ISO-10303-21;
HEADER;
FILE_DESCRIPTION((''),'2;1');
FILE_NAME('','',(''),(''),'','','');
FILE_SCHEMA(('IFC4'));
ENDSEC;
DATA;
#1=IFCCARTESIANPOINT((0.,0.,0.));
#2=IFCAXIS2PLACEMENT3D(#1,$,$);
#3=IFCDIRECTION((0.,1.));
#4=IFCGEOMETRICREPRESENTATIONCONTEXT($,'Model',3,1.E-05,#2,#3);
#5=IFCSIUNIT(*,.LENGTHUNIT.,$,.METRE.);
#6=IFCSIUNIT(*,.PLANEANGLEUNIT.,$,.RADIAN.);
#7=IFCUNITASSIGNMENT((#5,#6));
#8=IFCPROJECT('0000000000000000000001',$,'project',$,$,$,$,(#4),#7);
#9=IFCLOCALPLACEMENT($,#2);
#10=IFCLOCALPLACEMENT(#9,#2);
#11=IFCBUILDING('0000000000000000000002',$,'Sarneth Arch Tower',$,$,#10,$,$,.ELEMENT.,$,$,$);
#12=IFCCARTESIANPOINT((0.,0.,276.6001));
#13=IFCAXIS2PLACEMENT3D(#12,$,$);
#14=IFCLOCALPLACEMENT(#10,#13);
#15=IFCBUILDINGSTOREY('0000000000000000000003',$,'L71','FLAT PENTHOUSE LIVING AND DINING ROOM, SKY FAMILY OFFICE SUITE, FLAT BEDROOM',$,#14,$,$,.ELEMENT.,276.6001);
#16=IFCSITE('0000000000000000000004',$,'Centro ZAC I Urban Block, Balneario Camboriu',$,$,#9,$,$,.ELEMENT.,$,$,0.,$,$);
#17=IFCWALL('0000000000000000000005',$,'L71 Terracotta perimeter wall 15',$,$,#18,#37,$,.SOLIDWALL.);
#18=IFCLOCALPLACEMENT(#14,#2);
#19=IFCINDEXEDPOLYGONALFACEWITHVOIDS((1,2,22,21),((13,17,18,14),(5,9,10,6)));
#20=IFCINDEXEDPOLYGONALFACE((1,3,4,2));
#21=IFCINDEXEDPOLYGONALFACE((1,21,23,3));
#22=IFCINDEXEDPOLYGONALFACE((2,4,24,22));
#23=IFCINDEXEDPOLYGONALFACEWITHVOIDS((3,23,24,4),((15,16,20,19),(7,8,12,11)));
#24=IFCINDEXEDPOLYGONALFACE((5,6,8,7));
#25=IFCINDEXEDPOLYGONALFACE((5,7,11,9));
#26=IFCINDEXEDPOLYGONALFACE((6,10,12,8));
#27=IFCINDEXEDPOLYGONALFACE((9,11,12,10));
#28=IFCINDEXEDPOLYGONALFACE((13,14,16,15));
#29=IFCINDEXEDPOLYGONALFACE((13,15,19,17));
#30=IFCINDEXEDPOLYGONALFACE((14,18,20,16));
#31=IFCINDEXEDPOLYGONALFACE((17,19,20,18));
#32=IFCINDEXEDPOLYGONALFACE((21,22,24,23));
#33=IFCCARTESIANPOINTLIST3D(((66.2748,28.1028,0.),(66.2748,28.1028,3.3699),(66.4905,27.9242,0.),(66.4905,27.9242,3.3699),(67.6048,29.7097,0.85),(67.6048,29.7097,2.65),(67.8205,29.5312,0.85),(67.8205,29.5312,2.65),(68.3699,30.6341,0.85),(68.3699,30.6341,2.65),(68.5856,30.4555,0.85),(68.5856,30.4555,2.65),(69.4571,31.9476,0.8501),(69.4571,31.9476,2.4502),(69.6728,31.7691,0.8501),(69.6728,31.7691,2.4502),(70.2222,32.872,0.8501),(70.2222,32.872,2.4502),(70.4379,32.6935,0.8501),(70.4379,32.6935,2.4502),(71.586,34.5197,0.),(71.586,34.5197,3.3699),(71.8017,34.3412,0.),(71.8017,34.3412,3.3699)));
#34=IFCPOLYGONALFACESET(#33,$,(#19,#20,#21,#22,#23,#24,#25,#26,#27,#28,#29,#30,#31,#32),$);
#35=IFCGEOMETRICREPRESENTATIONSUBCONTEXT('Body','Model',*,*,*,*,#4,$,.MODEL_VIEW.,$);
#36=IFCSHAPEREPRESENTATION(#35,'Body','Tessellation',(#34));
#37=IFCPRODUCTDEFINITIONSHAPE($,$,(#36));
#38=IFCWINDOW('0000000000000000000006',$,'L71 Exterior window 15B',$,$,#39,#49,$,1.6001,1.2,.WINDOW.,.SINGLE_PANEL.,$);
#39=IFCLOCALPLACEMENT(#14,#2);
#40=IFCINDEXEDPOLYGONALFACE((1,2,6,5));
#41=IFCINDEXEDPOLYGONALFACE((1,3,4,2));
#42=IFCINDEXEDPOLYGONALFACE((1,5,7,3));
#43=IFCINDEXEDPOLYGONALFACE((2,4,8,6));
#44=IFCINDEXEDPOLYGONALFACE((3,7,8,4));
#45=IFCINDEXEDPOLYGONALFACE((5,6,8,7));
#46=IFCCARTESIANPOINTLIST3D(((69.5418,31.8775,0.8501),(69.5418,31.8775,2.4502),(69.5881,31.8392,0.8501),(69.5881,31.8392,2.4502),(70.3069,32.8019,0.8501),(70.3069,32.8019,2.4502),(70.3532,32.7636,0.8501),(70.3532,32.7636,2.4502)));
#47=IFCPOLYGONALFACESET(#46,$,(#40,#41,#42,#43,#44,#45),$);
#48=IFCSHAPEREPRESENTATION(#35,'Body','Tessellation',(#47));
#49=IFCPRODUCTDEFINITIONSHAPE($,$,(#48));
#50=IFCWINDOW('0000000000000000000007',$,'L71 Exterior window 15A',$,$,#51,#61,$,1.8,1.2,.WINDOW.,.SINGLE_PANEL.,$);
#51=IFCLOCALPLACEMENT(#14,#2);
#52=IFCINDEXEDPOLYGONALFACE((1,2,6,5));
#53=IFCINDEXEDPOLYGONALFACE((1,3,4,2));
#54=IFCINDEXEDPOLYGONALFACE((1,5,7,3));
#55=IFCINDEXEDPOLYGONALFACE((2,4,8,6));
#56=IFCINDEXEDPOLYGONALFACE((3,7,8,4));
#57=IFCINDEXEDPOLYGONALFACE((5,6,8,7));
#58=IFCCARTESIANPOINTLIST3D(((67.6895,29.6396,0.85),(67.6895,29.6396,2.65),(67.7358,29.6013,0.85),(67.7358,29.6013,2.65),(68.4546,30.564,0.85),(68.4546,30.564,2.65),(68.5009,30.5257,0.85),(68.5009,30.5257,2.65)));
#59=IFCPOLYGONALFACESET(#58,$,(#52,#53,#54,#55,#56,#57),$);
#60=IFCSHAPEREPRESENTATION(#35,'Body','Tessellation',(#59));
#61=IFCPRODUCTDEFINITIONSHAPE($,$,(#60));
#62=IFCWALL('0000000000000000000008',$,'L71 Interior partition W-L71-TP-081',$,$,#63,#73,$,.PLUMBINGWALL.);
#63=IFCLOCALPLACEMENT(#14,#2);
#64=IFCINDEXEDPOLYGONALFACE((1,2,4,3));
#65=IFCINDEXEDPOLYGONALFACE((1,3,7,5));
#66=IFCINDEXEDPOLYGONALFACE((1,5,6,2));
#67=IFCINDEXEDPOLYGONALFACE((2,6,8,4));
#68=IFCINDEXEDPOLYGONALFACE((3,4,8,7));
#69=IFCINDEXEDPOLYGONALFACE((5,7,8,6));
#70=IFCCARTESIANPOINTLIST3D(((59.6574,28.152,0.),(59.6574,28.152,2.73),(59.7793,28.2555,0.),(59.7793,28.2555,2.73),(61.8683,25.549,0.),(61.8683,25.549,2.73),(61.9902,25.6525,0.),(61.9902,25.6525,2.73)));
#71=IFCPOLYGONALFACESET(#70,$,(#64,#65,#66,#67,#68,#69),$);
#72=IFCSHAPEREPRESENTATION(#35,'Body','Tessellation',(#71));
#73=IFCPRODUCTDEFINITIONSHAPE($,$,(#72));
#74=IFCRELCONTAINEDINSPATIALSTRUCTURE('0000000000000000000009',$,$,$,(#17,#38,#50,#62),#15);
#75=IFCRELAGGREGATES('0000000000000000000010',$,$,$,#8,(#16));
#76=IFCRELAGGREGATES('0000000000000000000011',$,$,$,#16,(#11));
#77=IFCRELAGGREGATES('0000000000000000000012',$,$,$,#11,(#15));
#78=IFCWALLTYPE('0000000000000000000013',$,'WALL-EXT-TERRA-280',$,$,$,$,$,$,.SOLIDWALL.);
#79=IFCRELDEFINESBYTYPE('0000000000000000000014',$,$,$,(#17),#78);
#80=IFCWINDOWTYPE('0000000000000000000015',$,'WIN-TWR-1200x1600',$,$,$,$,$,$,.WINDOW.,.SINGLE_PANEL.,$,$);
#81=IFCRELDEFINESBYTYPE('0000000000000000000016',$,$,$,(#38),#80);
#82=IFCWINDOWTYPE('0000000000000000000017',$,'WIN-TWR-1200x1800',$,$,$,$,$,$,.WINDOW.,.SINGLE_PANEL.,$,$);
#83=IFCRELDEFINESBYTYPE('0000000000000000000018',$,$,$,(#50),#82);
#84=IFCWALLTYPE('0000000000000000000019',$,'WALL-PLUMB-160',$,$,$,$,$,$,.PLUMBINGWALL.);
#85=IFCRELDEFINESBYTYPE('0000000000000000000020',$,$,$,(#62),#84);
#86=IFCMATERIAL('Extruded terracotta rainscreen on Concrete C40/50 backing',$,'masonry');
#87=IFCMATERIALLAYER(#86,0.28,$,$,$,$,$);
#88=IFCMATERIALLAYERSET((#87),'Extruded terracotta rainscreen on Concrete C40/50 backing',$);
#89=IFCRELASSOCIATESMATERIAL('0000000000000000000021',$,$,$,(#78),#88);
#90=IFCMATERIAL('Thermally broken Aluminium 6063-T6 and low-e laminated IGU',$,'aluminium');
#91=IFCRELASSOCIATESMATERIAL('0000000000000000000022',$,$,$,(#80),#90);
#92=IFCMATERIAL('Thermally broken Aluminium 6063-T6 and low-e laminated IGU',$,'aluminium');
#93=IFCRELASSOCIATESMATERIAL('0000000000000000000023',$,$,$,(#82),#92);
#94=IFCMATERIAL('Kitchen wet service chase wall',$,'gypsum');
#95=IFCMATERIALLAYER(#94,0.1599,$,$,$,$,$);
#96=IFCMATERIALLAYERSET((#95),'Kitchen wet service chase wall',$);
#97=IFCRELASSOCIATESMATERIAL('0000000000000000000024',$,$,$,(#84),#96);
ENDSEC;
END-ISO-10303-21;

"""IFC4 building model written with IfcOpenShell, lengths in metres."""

from ifc_helpers import new_model, si_unit, direction, frame, frame_2d, origin, place, context, subcontext, project, spatial, rectangle, extrude, material, layer, layer_set, type_object, element, fill, save


model = new_model("IFC4")

# Units and contexts
model_context = context("Model", 3, precision=1e-05, world=origin(), true_north=direction((0.0, 1.0)))
body_context = subcontext(model_context, "Body", "Model", "MODEL_VIEW")
ifc_project = project(units=[si_unit("LENGTHUNIT", "METRE"), si_unit("PLANEANGLEUNIT", "RADIAN")], contexts=[model_context])

# Site, building, storey
site_placement = place(None, origin())
site = spatial("IfcSite", under=ifc_project, at=site_placement, Name="Centro ZAC I Urban Block, Balneario Camboriu", CompositionType="ELEMENT", RefElevation=0.0)
building_placement = place(site_placement, origin())
building = spatial("IfcBuilding", under=site, at=building_placement, Name="Sarneth Arch Tower", CompositionType="ELEMENT")
storey_placement = place(building_placement, frame((0.0, 0.0, 276.6001)))
storey = spatial("IfcBuildingStorey", under=building, at=storey_placement, Name="L71", Description="FLAT PENTHOUSE LIVING AND DINING ROOM, SKY FAMILY OFFICE SUITE, FLAT BEDROOM", CompositionType="ELEMENT", Elevation=276.6001)

# Wall, openings, windows
ifc_material_1 = material(Name="Extruded terracotta rainscreen on Concrete C40/50 backing", Category="masonry")
ifc_layer_1 = layer(ifc_material_1, 0.28)
ifc_layer_set_1 = layer_set([ifc_layer_1], Name="Extruded terracotta rainscreen on Concrete C40/50 backing")
wall_type_1 = type_object("IfcWallType", Name="WALL-EXT-TERRA-280", PredefinedType="SOLIDWALL", material=ifc_layer_set_1)
wall_1_placement = place(storey_placement, frame((66.3826, 28.0134, 0.0), z_axis=(0.0, 0.0, 1.0), x_axis=(0.637615, 0.770355, 0.0)))
wall_1 = element("IfcWall", 1, at=wall_1_placement, inside=storey, type_object=wall_type_1, Name="L71 Terracotta perimeter wall 15", PredefinedType="SOLIDWALL", context=body_context, shape_type="SweptSolid", body=[
    extrude(rectangle(XDim=8.3298, YDim=0.28, at=frame_2d((4.165, 0.0))), origin(), (0.0, 0.0, 1.0), 3.3699),
])
opening_1_placement = place(wall_1_placement, frame((2.0859, 0.0, 0.8501)))
opening_1 = element("IfcOpeningElement", 2, at=opening_1_placement, cuts=wall_1, PredefinedType="OPENING", context=body_context, shape_type="SweptSolid", body=[
    extrude(rectangle(XDim=1.2, YDim=1.8, at=frame_2d((0.6001, 0.8999))), frame((0.0, 0.1499, 0.0), z_axis=(0.0, -1.0, 0.0), x_axis=(1.0, 0.0, 0.0)), (0.0, 0.0, 1.0), 0.3),
])
opening_2_placement = place(wall_1_placement, frame((4.991, 0.0, 0.8501)))
opening_2 = element("IfcOpeningElement", 3, at=opening_2_placement, cuts=wall_1, PredefinedType="OPENING", context=body_context, shape_type="SweptSolid", body=[
    extrude(rectangle(XDim=1.2, YDim=1.6001, at=frame_2d((0.6001, 0.8))), frame((0.0, 0.1499, 0.0), z_axis=(0.0, -1.0, 0.0), x_axis=(1.0, 0.0, 0.0)), (0.0, 0.0, 1.0), 0.3),
])
ifc_material_2 = material(Name="Thermally broken Aluminium 6063-T6 and low-e laminated IGU", Category="aluminium")
window_type_1 = type_object("IfcWindowType", Name="WIN-TWR-1200x1600", PartitioningType="SINGLE_PANEL", PredefinedType="WINDOW", material=ifc_material_2)
window_1_placement = place(opening_2_placement, origin())
window_1 = element("IfcWindow", 4, at=window_1_placement, inside=storey, type_object=window_type_1, Name="L71 Exterior window 15B", OverallHeight=1.6001, OverallWidth=1.2, PartitioningType="SINGLE_PANEL", PredefinedType="WINDOW", context=body_context, shape_type="SweptSolid", body=[
    extrude(rectangle(XDim=1.2, YDim=1.6001, at=frame_2d((0.6001, 0.8))), frame((0.0, 0.03, 0.0), z_axis=(0.0, -1.0, 0.0), x_axis=(1.0, 0.0, 0.0)), (0.0, 0.0, 1.0), 0.0601),
])
fill(opening_2, window_1)
ifc_material_3 = material(Name="Thermally broken Aluminium 6063-T6 and low-e laminated IGU", Category="aluminium")
window_type_2 = type_object("IfcWindowType", Name="WIN-TWR-1200x1800", PartitioningType="SINGLE_PANEL", PredefinedType="WINDOW", material=ifc_material_3)
window_2_placement = place(opening_1_placement, origin())
window_2 = element("IfcWindow", 5, at=window_2_placement, inside=storey, type_object=window_type_2, Name="L71 Exterior window 15A", OverallHeight=1.8, OverallWidth=1.2, PartitioningType="SINGLE_PANEL", PredefinedType="WINDOW", context=body_context, shape_type="SweptSolid", body=[
    extrude(rectangle(XDim=1.2, YDim=1.8, at=frame_2d((0.6001, 0.8999))), frame((0.0, 0.03, 0.0), z_axis=(0.0, -1.0, 0.0), x_axis=(1.0, 0.0, 0.0)), (0.0, 0.0, 1.0), 0.0601),
])
fill(opening_1, window_2)

# Wall
ifc_material_4 = material(Name="Kitchen wet service chase wall", Category="gypsum")
ifc_layer_2 = layer(ifc_material_4, 0.1599)
ifc_layer_set_2 = layer_set([ifc_layer_2], Name="Kitchen wet service chase wall")
wall_type_2 = type_object("IfcWallType", Name="WALL-PLUMB-160", PredefinedType="PLUMBINGWALL", material=ifc_layer_set_2)
wall_2_placement = place(storey_placement, frame((61.9292, 25.6008, 0.0), z_axis=(0.0, 0.0, 1.0), x_axis=(-0.64737, 0.762176, 0.0)))
element("IfcWall", 6, at=wall_2_placement, inside=storey, type_object=wall_type_2, Name="L71 Interior partition W-L71-TP-081", PredefinedType="PLUMBINGWALL", context=body_context, shape_type="SweptSolid", body=[
    extrude(rectangle(XDim=3.4153, YDim=0.1599, at=frame_2d((1.7075, 0.0))), origin(), (0.0, 0.0, 1.0), 2.73),
])

save(model, "model.ifc")
